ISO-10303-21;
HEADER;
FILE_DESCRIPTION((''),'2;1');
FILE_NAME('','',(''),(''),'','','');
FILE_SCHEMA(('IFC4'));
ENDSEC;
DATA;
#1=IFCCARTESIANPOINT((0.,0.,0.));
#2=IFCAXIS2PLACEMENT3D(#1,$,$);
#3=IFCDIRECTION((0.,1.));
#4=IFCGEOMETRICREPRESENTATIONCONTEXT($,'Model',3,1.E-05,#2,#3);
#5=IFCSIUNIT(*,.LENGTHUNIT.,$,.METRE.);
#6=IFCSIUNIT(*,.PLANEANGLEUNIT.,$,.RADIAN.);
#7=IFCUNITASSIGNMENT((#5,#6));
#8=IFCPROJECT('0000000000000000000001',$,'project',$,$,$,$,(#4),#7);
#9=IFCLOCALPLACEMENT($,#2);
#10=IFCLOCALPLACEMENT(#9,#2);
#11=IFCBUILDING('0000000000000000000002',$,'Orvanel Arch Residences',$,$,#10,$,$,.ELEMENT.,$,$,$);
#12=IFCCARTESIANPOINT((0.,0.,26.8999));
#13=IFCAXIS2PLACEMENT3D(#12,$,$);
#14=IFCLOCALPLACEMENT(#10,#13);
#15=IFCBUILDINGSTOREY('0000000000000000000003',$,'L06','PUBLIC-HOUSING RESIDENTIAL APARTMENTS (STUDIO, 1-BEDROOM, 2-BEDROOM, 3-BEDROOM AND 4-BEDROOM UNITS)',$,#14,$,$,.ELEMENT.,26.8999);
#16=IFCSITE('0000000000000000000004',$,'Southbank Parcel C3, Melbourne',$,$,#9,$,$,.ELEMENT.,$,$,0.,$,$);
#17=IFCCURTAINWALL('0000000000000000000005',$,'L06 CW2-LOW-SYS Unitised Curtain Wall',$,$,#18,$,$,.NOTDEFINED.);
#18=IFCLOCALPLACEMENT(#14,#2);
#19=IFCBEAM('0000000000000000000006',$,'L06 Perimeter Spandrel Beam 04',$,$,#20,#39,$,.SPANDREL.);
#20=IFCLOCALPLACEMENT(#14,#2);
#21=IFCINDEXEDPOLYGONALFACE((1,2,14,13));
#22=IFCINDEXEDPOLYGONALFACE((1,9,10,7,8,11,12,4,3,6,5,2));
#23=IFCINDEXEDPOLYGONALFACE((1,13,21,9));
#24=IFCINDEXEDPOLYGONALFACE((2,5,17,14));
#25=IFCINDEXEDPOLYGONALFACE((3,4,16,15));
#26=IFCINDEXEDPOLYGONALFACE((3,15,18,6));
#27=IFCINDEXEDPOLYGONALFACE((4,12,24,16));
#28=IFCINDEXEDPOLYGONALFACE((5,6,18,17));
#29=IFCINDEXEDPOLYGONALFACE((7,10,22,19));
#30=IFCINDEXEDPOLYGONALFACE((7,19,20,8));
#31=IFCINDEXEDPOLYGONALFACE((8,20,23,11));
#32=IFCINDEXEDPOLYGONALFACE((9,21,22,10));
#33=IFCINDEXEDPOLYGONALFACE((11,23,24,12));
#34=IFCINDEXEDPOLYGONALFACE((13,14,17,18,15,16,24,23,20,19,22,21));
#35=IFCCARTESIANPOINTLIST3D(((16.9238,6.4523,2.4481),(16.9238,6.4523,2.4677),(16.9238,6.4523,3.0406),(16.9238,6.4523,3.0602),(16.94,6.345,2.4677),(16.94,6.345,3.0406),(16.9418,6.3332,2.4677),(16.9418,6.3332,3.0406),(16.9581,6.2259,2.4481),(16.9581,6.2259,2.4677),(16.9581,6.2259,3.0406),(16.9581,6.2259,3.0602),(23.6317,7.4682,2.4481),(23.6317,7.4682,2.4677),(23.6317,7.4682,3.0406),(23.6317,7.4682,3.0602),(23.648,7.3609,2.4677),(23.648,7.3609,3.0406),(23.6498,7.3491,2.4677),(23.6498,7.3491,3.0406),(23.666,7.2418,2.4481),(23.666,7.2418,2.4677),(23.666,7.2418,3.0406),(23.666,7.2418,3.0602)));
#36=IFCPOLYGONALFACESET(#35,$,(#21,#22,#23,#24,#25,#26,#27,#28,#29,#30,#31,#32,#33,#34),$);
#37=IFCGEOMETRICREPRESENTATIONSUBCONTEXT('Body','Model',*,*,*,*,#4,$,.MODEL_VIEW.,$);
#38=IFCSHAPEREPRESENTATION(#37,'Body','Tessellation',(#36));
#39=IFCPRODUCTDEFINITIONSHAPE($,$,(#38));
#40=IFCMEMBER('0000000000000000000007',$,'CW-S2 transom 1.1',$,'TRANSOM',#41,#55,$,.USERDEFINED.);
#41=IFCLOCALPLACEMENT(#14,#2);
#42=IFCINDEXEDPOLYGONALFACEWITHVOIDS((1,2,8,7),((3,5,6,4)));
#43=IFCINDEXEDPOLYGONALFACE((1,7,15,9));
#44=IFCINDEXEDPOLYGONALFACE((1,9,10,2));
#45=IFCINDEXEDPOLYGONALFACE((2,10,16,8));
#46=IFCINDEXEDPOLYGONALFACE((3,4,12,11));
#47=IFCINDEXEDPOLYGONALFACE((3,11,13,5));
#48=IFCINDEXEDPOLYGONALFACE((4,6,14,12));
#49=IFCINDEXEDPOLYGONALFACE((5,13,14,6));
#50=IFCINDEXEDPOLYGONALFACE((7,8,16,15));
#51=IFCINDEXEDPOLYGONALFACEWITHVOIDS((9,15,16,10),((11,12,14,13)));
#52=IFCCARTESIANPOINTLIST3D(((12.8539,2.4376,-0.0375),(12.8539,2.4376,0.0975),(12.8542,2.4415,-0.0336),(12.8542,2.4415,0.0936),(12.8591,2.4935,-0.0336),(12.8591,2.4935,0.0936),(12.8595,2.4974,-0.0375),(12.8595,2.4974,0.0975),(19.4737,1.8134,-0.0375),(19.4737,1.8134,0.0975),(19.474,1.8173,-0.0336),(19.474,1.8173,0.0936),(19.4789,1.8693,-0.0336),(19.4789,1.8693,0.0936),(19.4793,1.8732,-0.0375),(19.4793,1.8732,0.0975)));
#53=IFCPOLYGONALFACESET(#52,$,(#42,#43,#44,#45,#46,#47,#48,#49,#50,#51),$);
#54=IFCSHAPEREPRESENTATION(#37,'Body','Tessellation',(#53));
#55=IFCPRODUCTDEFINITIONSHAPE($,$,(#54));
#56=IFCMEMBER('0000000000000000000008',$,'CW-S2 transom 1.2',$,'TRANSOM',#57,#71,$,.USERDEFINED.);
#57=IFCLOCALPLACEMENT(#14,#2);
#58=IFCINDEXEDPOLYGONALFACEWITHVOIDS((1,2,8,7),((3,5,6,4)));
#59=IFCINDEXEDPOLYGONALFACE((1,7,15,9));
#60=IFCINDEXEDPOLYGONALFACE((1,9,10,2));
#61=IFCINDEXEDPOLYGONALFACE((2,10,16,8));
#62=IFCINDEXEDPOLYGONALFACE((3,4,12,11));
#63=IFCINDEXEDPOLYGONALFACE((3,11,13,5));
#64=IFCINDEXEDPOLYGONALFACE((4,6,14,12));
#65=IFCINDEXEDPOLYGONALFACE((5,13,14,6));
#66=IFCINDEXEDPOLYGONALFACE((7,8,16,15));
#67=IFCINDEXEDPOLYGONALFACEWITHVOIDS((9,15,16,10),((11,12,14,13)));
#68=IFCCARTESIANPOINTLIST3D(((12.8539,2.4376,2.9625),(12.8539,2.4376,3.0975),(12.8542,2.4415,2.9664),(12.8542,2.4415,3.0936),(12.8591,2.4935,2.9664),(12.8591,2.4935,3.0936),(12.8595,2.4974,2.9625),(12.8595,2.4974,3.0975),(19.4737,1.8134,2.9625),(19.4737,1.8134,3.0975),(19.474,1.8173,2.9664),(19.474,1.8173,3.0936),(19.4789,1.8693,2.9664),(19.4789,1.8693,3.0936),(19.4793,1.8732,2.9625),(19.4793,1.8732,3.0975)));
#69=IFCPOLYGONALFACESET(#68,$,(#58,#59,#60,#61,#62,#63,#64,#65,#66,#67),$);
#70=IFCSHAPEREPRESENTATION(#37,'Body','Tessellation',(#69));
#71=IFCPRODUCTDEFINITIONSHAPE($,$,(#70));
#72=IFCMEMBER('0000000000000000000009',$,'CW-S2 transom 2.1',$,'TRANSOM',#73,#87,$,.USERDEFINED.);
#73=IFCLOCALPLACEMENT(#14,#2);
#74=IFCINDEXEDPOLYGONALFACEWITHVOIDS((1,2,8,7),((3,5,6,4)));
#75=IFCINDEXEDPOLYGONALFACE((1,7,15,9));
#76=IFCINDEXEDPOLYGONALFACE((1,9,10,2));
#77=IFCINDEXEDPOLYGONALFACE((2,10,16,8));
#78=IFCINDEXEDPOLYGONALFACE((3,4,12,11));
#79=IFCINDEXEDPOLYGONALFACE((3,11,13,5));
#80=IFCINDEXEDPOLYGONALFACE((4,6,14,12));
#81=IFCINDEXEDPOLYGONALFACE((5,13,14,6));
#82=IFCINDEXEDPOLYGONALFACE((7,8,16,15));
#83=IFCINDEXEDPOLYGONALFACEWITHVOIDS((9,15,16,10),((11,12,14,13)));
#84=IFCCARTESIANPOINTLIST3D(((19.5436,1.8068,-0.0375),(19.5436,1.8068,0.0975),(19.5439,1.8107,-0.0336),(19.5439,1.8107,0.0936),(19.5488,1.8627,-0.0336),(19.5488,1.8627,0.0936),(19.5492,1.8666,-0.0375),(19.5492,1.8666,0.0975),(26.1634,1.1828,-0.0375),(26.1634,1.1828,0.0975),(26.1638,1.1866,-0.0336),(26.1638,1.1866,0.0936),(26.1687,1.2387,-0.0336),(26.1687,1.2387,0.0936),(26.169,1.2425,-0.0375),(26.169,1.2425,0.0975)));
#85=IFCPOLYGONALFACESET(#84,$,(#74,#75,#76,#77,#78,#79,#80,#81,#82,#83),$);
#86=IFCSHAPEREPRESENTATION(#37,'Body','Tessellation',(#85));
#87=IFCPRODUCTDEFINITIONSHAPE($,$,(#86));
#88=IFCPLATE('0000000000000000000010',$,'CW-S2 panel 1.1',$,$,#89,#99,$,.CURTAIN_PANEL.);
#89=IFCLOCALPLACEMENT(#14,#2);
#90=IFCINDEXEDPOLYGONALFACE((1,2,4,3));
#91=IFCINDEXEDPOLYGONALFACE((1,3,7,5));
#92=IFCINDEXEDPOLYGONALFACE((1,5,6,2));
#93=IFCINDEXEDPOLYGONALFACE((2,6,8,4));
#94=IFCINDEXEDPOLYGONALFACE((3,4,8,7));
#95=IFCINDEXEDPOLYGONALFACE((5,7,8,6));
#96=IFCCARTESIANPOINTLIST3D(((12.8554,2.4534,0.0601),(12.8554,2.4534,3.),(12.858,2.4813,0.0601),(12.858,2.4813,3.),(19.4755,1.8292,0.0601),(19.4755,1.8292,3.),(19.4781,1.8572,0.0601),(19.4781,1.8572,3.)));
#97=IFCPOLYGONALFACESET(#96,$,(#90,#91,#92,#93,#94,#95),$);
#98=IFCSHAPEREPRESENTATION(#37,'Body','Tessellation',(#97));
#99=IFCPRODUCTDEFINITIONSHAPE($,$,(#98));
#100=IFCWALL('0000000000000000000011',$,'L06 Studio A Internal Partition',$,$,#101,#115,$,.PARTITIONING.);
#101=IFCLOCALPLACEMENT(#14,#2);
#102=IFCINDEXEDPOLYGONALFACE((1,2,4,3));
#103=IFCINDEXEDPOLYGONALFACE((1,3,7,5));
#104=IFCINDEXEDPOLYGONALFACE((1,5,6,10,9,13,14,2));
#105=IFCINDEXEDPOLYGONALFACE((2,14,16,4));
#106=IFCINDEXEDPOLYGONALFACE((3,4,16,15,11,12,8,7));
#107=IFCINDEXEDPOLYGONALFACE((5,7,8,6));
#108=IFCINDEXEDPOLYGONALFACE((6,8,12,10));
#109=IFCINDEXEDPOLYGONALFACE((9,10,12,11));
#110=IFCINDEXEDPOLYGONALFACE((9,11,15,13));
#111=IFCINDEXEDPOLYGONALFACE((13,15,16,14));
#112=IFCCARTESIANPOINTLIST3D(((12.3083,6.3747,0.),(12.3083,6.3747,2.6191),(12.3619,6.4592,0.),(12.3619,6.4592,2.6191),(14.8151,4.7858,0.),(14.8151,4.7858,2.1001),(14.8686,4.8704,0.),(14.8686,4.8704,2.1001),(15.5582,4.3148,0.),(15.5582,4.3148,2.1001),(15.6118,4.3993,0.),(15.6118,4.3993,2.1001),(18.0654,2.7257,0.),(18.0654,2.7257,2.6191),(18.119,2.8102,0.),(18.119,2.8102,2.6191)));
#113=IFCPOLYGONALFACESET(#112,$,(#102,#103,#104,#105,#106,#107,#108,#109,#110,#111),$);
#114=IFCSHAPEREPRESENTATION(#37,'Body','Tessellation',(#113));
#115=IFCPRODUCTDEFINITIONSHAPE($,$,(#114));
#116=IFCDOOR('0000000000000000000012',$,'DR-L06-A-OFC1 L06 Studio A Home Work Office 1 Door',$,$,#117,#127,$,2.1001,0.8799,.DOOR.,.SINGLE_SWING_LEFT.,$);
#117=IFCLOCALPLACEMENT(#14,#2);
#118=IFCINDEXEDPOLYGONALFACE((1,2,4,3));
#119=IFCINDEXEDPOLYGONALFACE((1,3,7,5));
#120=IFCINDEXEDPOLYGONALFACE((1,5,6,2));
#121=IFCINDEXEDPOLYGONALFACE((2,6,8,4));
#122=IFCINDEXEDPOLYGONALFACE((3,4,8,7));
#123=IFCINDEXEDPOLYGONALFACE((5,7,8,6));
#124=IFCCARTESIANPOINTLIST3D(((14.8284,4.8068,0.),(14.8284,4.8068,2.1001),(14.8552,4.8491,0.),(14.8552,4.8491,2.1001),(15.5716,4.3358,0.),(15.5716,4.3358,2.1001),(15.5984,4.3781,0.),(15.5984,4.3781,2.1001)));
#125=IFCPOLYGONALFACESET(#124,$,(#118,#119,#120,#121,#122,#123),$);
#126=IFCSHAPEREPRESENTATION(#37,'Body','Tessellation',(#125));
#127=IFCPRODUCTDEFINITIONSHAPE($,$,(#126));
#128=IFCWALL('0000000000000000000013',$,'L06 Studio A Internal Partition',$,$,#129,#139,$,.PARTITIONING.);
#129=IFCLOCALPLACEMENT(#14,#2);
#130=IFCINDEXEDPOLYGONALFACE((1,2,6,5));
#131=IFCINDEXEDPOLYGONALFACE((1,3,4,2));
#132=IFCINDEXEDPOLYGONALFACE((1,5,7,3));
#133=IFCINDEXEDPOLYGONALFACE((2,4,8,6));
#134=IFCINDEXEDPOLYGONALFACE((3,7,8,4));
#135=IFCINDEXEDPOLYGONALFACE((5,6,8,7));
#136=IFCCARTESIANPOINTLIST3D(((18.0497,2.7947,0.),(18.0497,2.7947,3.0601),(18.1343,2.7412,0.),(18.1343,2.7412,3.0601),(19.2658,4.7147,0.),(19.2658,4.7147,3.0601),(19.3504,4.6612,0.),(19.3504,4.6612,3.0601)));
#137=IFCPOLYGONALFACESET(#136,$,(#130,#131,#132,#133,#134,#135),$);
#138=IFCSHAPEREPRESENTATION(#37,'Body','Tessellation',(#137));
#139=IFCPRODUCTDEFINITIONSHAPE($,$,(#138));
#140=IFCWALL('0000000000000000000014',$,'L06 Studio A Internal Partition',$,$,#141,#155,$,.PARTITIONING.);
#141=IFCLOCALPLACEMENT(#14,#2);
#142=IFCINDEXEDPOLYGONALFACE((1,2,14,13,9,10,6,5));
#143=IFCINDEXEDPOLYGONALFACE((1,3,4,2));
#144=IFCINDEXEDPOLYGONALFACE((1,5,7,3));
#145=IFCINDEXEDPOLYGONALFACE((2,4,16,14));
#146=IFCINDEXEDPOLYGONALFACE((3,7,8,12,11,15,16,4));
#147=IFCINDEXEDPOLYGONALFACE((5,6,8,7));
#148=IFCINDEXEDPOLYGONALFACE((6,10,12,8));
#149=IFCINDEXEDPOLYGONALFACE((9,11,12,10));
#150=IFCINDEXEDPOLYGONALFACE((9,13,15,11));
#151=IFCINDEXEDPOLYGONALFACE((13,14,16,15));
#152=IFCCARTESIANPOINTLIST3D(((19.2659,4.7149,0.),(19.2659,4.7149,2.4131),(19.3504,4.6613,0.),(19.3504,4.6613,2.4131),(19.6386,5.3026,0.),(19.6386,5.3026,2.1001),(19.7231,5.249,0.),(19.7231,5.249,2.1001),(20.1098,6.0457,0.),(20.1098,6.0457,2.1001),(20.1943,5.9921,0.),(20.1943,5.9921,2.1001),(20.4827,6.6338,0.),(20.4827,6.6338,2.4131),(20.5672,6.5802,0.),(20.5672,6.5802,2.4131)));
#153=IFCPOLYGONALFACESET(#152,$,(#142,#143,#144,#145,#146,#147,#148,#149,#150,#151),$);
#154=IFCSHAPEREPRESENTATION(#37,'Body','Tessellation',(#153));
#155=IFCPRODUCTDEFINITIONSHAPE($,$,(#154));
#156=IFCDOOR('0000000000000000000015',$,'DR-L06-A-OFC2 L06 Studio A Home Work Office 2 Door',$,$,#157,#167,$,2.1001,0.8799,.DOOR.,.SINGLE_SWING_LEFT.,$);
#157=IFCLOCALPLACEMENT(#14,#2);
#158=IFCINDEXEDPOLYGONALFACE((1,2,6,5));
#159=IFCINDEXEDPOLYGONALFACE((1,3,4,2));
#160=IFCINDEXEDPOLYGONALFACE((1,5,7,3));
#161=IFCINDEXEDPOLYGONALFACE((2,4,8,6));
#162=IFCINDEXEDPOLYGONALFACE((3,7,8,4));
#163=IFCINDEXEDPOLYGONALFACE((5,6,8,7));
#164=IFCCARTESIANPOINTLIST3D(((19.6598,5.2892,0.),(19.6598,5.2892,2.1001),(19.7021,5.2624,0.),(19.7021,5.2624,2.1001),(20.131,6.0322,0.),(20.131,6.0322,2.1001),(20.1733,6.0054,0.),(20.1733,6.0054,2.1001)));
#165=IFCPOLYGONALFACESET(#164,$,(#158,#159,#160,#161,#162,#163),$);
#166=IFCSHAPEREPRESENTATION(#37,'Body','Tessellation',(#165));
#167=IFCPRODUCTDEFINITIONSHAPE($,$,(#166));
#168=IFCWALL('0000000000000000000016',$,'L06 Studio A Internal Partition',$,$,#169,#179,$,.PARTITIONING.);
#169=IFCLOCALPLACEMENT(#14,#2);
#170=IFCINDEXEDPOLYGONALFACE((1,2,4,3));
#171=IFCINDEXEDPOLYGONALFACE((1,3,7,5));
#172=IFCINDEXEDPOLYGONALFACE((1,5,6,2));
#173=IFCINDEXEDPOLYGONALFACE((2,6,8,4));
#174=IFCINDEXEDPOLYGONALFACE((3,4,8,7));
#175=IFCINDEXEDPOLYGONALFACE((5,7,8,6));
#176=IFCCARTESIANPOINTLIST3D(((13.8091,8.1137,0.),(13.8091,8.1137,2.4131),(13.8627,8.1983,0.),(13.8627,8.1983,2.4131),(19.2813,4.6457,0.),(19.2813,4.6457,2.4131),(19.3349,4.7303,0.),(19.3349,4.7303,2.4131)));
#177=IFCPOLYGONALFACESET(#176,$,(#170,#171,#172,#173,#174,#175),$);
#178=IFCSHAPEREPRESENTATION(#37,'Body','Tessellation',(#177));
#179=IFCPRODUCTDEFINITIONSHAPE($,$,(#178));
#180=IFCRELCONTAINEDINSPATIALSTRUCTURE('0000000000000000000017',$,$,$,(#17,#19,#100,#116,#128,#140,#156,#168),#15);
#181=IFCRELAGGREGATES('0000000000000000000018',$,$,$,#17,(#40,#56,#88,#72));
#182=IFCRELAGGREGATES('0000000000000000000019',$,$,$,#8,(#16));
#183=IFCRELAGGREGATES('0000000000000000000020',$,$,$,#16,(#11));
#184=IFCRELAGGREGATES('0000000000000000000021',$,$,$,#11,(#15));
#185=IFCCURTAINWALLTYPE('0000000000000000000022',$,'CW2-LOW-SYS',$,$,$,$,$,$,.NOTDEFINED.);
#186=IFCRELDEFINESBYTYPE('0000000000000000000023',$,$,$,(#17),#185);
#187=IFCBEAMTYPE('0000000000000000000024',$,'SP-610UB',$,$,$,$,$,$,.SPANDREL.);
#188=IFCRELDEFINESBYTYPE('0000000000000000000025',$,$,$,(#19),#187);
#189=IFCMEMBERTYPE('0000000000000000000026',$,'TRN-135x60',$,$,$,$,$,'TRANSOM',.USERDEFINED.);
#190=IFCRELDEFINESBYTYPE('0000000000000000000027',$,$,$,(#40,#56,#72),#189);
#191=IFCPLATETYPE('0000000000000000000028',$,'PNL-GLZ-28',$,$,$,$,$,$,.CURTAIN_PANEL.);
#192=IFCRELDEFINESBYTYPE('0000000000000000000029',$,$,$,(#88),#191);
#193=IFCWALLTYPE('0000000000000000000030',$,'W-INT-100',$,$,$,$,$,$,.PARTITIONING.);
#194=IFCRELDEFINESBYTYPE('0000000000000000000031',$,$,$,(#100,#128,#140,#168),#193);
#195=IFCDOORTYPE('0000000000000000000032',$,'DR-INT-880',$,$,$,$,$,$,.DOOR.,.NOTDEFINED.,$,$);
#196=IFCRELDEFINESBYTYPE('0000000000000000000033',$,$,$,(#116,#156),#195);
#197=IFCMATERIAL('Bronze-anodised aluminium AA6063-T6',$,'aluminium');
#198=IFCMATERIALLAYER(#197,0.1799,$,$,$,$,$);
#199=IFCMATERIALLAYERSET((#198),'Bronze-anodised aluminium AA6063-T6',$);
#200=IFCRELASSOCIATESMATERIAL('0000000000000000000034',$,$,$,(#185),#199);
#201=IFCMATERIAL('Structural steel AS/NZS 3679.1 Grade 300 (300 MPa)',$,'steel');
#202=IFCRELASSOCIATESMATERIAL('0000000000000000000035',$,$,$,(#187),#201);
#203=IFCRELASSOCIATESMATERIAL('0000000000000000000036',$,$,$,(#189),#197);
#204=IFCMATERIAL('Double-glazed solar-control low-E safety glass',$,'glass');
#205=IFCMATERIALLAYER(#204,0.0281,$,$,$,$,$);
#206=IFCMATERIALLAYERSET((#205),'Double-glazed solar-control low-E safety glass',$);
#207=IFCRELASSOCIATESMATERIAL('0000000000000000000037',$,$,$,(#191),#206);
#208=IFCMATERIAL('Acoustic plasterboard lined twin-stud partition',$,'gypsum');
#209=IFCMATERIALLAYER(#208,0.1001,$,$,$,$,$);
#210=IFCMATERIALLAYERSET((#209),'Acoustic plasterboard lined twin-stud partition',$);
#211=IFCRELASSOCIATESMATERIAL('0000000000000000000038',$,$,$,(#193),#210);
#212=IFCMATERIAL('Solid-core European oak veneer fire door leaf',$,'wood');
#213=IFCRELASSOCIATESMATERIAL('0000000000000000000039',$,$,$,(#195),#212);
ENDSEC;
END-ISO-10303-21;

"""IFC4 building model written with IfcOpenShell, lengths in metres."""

from ifc_helpers import new_model, si_unit, direction, frame, frame_2d, origin, origin_2d, place, context, subcontext, project, spatial, rectangle, hollow_rectangle, i_section, extrude, material, layer, layer_set, material_profile, profile_set, type_object, element, fill, aggregate, save


model = new_model("IFC4")

# Units and contexts
model_context = context("Model", 3, precision=1e-05, world=origin(), true_north=direction((0.0, 1.0)))
body_context = subcontext(model_context, "Body", "Model", "MODEL_VIEW")
ifc_project = project(units=[si_unit("LENGTHUNIT", "METRE"), si_unit("PLANEANGLEUNIT", "RADIAN")], contexts=[model_context])

# Site, building, storey
site_placement = place(None, origin())
site = spatial("IfcSite", under=ifc_project, at=site_placement, Name="Southbank Parcel C3, Melbourne", CompositionType="ELEMENT", RefElevation=0.0)
building_placement = place(site_placement, origin())
building = spatial("IfcBuilding", under=site, at=building_placement, Name="Orvanel Arch Residences", CompositionType="ELEMENT")
storey_placement = place(building_placement, frame((0.0, 0.0, 26.8999)))
storey = spatial("IfcBuildingStorey", under=building, at=storey_placement, Name="L06", Description="PUBLIC-HOUSING RESIDENTIAL APARTMENTS (STUDIO, 1-BEDROOM, 2-BEDROOM, 3-BEDROOM AND 4-BEDROOM UNITS)", CompositionType="ELEMENT", Elevation=26.8999)

# Shared definitions
ifc_material_1 = material(Name="Bronze-anodised aluminium AA6063-T6", Category="aluminium")

# Curtain wall
ifc_layer_1 = layer(ifc_material_1, 0.1799)
ifc_layer_set_1 = layer_set([ifc_layer_1], Name="Bronze-anodised aluminium AA6063-T6")
curtain_wall_type_1 = type_object("IfcCurtainWallType", Name="CW2-LOW-SYS", PredefinedType="NOTDEFINED", material=ifc_layer_set_1)
curtain_wall_1_placement = place(storey_placement, origin())
curtain_wall_1 = element("IfcCurtainWall", 1, at=curtain_wall_1_placement, inside=storey, type_object=curtain_wall_type_1, Name="L06 CW2-LOW-SYS Unitised Curtain Wall", PredefinedType="NOTDEFINED")

# Beam
ifc_material_2 = material(Name="Structural steel AS/NZS 3679.1 Grade 300 (300 MPa)", Category="steel")
ifc_material_profile_1 = material_profile(ifc_material_2, i_section(OverallWidth=0.229, OverallDepth=0.6121, WebThickness=0.012, FlangeThickness=0.0195, at=origin_2d()), Name="610UB125")
ifc_profile_set_1 = profile_set([ifc_material_profile_1], Name="Structural steel AS/NZS 3679.1 Grade 300 (300 MPa)")
beam_type_1 = type_object("IfcBeamType", Name="SP-610UB", PredefinedType="SPANDREL", material=ifc_profile_set_1)
beam_1_placement = place(storey_placement, frame((16.9409, 6.3391, 2.7542), z_axis=(0.988726, 0.149734, 0.0), x_axis=(-0.149734, 0.988726, 0.0)))
element("IfcBeam", 2, at=beam_1_placement, inside=storey, type_object=beam_type_1, Name="L06 Perimeter Spandrel Beam 04", PredefinedType="SPANDREL", context=body_context, shape_type="SweptSolid", body=[
    extrude(i_section(OverallWidth=0.229, OverallDepth=0.6121, WebThickness=0.012, FlangeThickness=0.0195, at=origin_2d()), origin(), (0.0, 0.0, 1.0), 6.7844),
])

# Members
ifc_material_profile_2 = material_profile(ifc_material_1, hollow_rectangle(XDim=0.0601, YDim=0.135, WallThickness=0.0039, at=origin_2d()), Name="ALU135x60x4")
ifc_profile_set_2 = profile_set([ifc_material_profile_2], Name="Bronze-anodised aluminium AA6063-T6")
member_type_1 = type_object("IfcMemberType", Name="TRN-135x60", ElementType="TRANSOM", PredefinedType="USERDEFINED", material=ifc_profile_set_2)
member_1_placement = place(storey_placement, frame((12.8567, 2.4675, 0.03), z_axis=(0.995583, -0.093886, 0.0), x_axis=(0.093886, 0.995583, 0.0)))
member_1 = element("IfcMember", 3, at=member_1_placement, type_object=member_type_1, Name="CW-S2 transom 1.1", ObjectType="TRANSOM", PredefinedType="USERDEFINED", context=body_context, shape_type="SweptSolid", body=[
    extrude(hollow_rectangle(XDim=0.0601, YDim=0.135, WallThickness=0.0039, at=origin_2d()), origin(), (0.0, 0.0, 1.0), 6.6492),
])
member_2_placement = place(storey_placement, frame((12.8567, 2.4675, 3.03), z_axis=(0.995583, -0.093886, 0.0), x_axis=(0.093886, 0.995583, 0.0)))
member_2 = element("IfcMember", 4, at=member_2_placement, type_object=member_type_1, Name="CW-S2 transom 1.2", ObjectType="TRANSOM", PredefinedType="USERDEFINED", context=body_context, shape_type="SweptSolid", body=[
    extrude(hollow_rectangle(XDim=0.0601, YDim=0.135, WallThickness=0.0039, at=origin_2d()), origin(), (0.0, 0.0, 1.0), 6.6492),
])
member_3_placement = place(storey_placement, frame((19.5464, 1.8367, 0.03), z_axis=(0.995586, -0.093849, 0.0), x_axis=(0.093849, 0.995586, 0.0)))
member_3 = element("IfcMember", 5, at=member_3_placement, type_object=member_type_1, Name="CW-S2 transom 2.1", ObjectType="TRANSOM", PredefinedType="USERDEFINED", context=body_context, shape_type="SweptSolid", body=[
    extrude(hollow_rectangle(XDim=0.0601, YDim=0.135, WallThickness=0.0039, at=origin_2d()), origin(), (0.0, 0.0, 1.0), 6.6492),
])

# Plate
ifc_material_3 = material(Name="Double-glazed solar-control low-E safety glass", Category="glass")
ifc_layer_2 = layer(ifc_material_3, 0.0281)
ifc_layer_set_2 = layer_set([ifc_layer_2], Name="Double-glazed solar-control low-E safety glass")
plate_type = type_object("IfcPlateType", Name="PNL-GLZ-28", PredefinedType="CURTAIN_PANEL", material=ifc_layer_set_2)
plate_placement = place(storey_placement, frame((16.1667, 2.1553, 0.0601), z_axis=(0.0, 0.0, 1.0), x_axis=(0.995585, -0.093866, 0.0)))
plate = element("IfcPlate", 6, at=plate_placement, type_object=plate_type, Name="CW-S2 panel 1.1", PredefinedType="CURTAIN_PANEL", context=body_context, shape_type="SweptSolid", body=[
    extrude(rectangle(XDim=6.6494, YDim=0.0281, at=origin_2d()), origin(), (0.0, 0.0, 1.0), 2.9399),
])
aggregate(curtain_wall_1, [member_1, member_2, plate, member_3])

# Wall, opening, door
ifc_material_4 = material(Name="Acoustic plasterboard lined twin-stud partition", Category="gypsum")
ifc_layer_3 = layer(ifc_material_4, 0.1001)
ifc_layer_set_3 = layer_set([ifc_layer_3], Name="Acoustic plasterboard lined twin-stud partition")
wall_type_1 = type_object("IfcWallType", Name="W-INT-100", PredefinedType="PARTITIONING", material=ifc_layer_set_3)
wall_1_placement = place(storey_placement, frame((12.335, 6.417, 0.0), z_axis=(0.0, 0.0, 1.0), x_axis=(0.844635, -0.535343, 0.0)))
wall_1 = element("IfcWall", 7, at=wall_1_placement, inside=storey, type_object=wall_type_1, Name="L06 Studio A Internal Partition", PredefinedType="PARTITIONING", context=body_context, shape_type="SweptSolid", body=[
    extrude(rectangle(XDim=6.8162, YDim=0.1001, at=frame_2d((3.4082, 0.0))), origin(), (0.0, 0.0, 1.0), 2.6191),
])
opening_1_placement = place(wall_1_placement, frame((2.968, 0.0, 0.0)))
opening_1 = element("IfcOpeningElement", 8, at=opening_1_placement, cuts=wall_1, PredefinedType="OPENING", context=body_context, shape_type="SweptSolid", body=[
    extrude(rectangle(XDim=0.8799, YDim=2.1001, at=frame_2d((0.4399, 1.05))), frame((0.0, 0.0601, 0.0), z_axis=(0.0, -1.0, 0.0), x_axis=(1.0, 0.0, 0.0)), (0.0, 0.0, 1.0), 0.1201),
])
ifc_material_5 = material(Name="Solid-core European oak veneer fire door leaf", Category="wood")
door_type_1 = type_object("IfcDoorType", Name="DR-INT-880", OperationType="NOTDEFINED", PredefinedType="DOOR", material=ifc_material_5)
door_1_placement = place(opening_1_placement, origin())
door_1 = element("IfcDoor", 9, at=door_1_placement, inside=storey, type_object=door_type_1, Name="DR-L06-A-OFC1 L06 Studio A Home Work Office 1 Door", OperationType="SINGLE_SWING_LEFT", OverallHeight=2.1001, OverallWidth=0.8799, PredefinedType="DOOR", context=body_context, shape_type="SweptSolid", body=[
    extrude(rectangle(XDim=0.8799, YDim=2.1001, at=frame_2d((0.4399, 1.05))), frame((0.0, 0.0249, 0.0), z_axis=(0.0, -1.0, 0.0), x_axis=(1.0, 0.0, 0.0)), (0.0, 0.0, 1.0), 0.05),
])
fill(opening_1, door_1)

# Wall
wall_2_placement = place(storey_placement, frame((18.092, 2.7681, 0.0), z_axis=(0.0, 0.0, 1.0), x_axis=(0.535088, 0.844796, 0.0)))
element("IfcWall", 10, at=wall_2_placement, inside=storey, type_object=wall_type_1, Name="L06 Studio A Internal Partition", PredefinedType="PARTITIONING", context=body_context, shape_type="SweptSolid", body=[
    extrude(rectangle(XDim=2.2727, YDim=0.1001, at=frame_2d((1.1362, 0.0))), origin(), (0.0, 0.0, 1.0), 3.0601),
])

# Wall, opening, door
wall_3_placement = place(storey_placement, frame((19.3081, 4.688, 0.0), z_axis=(0.0, 0.0, 1.0), x_axis=(0.535512, 0.844528, 0.0)))
wall_3 = element("IfcWall", 11, at=wall_3_placement, inside=storey, type_object=wall_type_1, Name="L06 Studio A Internal Partition", PredefinedType="PARTITIONING", context=body_context, shape_type="SweptSolid", body=[
    extrude(rectangle(XDim=2.2722, YDim=0.1001, at=frame_2d((1.1362, 0.0))), origin(), (0.0, 0.0, 1.0), 2.4131),
])
opening_2_placement = place(wall_3_placement, frame((0.696, 0.0, 0.0)))
opening_2 = element("IfcOpeningElement", 12, at=opening_2_placement, cuts=wall_3, PredefinedType="OPENING", context=body_context, shape_type="SweptSolid", body=[
    extrude(rectangle(XDim=0.8799, YDim=2.1001, at=frame_2d((0.4399, 1.05))), frame((0.0, 0.0601, 0.0), z_axis=(0.0, -1.0, 0.0), x_axis=(1.0, 0.0, 0.0)), (0.0, 0.0, 1.0), 0.1201),
])
door_2_placement = place(opening_2_placement, origin())
door_2 = element("IfcDoor", 13, at=door_2_placement, inside=storey, type_object=door_type_1, Name="DR-L06-A-OFC2 L06 Studio A Home Work Office 2 Door", OperationType="SINGLE_SWING_LEFT", OverallHeight=2.1001, OverallWidth=0.8799, PredefinedType="DOOR", context=body_context, shape_type="SweptSolid", body=[
    extrude(rectangle(XDim=0.8799, YDim=2.1001, at=frame_2d((0.4399, 1.05))), frame((0.0, 0.0249, 0.0), z_axis=(0.0, -1.0, 0.0), x_axis=(1.0, 0.0, 0.0)), (0.0, 0.0, 1.0), 0.05),
])
fill(opening_2, door_2)

# Wall
wall_4_placement = place(storey_placement, frame((13.8359, 8.156, 0.0), z_axis=(0.0, 0.0, 1.0), x_axis=(0.844658, -0.535307, 0.0)))
element("IfcWall", 14, at=wall_4_placement, inside=storey, type_object=wall_type_1, Name="L06 Studio A Internal Partition", PredefinedType="PARTITIONING", context=body_context, shape_type="SweptSolid", body=[
    extrude(rectangle(XDim=6.4785, YDim=0.1001, at=frame_2d((3.2393, 0.0))), origin(), (0.0, 0.0, 1.0), 2.4131),
])

save(model, "model.ifc")
